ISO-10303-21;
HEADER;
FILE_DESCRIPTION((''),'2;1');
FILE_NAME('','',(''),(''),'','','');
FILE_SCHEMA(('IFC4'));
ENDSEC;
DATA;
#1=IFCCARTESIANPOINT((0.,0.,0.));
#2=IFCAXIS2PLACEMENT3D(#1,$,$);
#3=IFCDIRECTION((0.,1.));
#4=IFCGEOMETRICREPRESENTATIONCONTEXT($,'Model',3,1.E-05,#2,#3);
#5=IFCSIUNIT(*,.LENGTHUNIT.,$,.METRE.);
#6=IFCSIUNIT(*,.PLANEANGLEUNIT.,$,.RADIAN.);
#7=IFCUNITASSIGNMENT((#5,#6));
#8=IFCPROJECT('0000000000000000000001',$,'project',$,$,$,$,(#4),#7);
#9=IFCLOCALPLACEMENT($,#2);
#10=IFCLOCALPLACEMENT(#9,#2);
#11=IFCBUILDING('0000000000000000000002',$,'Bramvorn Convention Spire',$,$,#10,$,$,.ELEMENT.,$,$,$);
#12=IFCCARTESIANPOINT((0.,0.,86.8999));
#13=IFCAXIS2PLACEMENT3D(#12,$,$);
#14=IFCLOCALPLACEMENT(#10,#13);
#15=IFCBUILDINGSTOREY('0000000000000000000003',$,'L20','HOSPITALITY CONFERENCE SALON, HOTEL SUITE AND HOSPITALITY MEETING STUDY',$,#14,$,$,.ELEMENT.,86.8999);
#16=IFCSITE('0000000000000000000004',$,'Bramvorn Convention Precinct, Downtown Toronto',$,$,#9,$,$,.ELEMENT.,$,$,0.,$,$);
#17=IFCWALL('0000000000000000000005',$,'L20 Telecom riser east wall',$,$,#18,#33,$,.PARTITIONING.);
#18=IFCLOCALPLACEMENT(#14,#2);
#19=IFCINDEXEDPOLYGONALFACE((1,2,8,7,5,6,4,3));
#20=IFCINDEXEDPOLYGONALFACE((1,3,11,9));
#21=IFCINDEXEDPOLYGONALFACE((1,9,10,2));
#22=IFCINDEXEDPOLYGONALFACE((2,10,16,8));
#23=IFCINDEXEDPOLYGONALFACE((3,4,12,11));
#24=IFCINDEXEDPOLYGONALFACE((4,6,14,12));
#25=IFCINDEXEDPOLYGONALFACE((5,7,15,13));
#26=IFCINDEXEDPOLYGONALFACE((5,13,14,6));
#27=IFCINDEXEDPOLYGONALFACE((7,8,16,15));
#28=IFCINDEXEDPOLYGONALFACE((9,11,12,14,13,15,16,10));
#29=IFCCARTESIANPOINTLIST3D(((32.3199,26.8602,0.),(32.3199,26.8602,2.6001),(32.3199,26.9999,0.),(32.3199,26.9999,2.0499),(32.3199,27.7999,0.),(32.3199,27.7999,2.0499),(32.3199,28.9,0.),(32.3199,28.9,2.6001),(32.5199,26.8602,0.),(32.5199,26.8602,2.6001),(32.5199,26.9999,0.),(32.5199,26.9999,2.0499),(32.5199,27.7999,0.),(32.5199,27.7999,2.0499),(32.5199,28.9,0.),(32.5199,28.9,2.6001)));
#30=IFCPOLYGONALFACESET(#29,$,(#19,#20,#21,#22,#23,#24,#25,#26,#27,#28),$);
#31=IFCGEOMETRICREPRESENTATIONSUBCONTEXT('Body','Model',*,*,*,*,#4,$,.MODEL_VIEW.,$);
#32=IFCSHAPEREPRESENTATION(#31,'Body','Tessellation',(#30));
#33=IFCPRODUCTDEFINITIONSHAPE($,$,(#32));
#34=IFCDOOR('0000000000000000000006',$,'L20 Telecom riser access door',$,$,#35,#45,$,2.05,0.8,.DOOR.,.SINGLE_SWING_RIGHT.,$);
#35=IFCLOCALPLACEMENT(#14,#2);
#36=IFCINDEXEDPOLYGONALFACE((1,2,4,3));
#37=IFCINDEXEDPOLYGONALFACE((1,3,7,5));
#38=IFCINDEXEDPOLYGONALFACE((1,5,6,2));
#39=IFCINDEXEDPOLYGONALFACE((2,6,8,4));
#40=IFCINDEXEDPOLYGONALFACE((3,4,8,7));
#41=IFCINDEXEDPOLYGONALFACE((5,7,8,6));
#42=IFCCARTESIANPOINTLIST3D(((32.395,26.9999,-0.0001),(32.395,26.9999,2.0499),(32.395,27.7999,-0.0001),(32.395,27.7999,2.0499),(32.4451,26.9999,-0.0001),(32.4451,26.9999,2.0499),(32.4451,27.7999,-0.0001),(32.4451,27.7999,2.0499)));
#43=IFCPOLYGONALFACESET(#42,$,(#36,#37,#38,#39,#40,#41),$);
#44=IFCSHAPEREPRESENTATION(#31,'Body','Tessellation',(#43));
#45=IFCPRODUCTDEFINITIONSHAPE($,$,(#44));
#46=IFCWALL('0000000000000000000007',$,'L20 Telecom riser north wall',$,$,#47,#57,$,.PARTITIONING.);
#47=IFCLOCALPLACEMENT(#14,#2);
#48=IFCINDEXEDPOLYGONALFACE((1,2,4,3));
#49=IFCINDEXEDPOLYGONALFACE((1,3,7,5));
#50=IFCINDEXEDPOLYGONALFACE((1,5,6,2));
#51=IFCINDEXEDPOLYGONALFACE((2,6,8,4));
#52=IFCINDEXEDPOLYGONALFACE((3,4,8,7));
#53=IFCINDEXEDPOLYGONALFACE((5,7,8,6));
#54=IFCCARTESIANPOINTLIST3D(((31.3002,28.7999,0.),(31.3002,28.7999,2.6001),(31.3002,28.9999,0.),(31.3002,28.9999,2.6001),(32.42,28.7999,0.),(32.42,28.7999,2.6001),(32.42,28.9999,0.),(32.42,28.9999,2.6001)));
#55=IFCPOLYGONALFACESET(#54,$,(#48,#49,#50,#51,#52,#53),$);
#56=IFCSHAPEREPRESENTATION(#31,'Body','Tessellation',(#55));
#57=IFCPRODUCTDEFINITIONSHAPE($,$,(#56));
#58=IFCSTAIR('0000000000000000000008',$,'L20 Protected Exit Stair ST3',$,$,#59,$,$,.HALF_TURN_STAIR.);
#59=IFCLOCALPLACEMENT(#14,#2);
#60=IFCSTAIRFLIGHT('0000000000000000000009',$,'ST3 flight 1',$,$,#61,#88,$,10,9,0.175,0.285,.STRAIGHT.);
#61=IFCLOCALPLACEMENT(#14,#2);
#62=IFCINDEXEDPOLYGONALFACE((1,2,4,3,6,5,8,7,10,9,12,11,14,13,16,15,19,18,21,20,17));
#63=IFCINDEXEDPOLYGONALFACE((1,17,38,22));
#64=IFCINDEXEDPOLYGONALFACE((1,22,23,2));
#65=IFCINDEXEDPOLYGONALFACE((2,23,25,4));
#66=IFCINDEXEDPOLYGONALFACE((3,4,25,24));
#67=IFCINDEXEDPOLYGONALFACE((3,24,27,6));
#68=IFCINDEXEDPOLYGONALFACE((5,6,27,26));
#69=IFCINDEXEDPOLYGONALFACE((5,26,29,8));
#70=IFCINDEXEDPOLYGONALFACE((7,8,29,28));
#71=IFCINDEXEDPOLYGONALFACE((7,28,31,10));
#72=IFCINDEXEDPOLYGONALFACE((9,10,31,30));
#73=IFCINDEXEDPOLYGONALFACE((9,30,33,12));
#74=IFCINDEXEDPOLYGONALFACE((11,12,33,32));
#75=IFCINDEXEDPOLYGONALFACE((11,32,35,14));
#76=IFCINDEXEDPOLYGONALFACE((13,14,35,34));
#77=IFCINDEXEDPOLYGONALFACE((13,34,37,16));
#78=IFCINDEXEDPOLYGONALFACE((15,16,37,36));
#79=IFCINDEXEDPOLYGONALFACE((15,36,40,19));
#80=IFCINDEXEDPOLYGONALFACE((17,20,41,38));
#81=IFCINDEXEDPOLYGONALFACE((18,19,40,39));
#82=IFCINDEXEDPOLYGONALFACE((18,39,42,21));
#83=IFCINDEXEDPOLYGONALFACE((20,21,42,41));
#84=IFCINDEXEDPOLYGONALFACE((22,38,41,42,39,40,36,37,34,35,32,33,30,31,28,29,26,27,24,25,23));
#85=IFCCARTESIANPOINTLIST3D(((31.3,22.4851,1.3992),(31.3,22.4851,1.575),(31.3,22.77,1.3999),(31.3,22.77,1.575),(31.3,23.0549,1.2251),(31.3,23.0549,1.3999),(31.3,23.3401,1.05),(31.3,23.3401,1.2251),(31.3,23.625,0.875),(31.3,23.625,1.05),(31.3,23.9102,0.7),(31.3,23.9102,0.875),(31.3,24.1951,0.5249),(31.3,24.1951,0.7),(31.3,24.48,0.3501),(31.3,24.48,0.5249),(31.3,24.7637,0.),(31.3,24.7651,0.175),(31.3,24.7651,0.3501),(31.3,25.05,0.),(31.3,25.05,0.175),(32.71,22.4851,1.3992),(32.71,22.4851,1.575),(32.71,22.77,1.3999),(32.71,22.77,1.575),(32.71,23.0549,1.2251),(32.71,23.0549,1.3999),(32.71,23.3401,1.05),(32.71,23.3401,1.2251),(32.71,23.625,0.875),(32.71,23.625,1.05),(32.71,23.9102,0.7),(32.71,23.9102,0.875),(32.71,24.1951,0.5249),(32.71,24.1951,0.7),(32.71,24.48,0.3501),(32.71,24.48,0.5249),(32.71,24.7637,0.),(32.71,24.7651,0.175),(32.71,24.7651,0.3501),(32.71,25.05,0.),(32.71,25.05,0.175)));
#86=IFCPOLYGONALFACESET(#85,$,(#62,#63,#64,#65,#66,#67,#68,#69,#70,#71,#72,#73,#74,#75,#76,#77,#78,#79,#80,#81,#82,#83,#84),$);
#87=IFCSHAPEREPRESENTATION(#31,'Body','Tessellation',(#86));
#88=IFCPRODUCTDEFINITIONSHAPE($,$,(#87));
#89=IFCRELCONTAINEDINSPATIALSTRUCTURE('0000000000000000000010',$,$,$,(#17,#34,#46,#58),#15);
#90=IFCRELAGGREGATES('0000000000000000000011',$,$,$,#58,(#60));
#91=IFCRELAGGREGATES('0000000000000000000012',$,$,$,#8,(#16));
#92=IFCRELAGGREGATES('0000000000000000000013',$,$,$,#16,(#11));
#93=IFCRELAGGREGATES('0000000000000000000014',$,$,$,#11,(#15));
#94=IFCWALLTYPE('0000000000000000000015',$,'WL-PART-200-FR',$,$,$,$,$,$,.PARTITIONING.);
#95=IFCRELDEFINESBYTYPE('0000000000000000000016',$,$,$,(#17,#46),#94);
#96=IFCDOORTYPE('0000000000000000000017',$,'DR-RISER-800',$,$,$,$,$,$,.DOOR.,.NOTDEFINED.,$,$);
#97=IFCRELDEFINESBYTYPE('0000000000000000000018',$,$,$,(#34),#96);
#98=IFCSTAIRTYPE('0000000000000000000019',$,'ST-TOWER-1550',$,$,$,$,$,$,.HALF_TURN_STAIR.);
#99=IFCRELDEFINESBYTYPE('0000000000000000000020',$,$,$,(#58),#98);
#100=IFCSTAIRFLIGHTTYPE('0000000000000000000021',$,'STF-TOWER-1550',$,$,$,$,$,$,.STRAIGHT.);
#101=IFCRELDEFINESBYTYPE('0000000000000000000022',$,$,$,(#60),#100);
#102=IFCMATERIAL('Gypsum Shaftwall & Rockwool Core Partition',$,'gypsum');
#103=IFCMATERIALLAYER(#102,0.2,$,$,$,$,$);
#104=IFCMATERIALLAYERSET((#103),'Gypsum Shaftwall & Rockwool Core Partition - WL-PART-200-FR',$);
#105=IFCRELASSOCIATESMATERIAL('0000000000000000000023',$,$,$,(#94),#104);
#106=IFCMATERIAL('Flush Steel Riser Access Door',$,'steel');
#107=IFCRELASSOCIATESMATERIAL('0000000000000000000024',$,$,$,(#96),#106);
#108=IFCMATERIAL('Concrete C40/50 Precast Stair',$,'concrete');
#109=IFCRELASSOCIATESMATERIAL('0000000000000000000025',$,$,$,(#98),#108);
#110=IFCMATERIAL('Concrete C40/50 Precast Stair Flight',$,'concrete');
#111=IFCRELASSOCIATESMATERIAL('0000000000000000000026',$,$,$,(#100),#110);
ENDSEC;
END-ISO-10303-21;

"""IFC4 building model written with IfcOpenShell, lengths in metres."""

from ifc_helpers import new_model, si_unit, direction, frame, frame_2d, origin, place, context, subcontext, project, spatial, polyline, rectangle, outline, extrude, material, layer, layer_set, type_object, element, fill, aggregate, save


model = new_model("IFC4")

# Units and contexts
model_context = context("Model", 3, precision=1e-05, world=origin(), true_north=direction((0.0, 1.0)))
body_context = subcontext(model_context, "Body", "Model", "MODEL_VIEW")
ifc_project = project(units=[si_unit("LENGTHUNIT", "METRE"), si_unit("PLANEANGLEUNIT", "RADIAN")], contexts=[model_context])

# Site, building, storey
site_placement = place(None, origin())
site = spatial("IfcSite", under=ifc_project, at=site_placement, Name="Bramvorn Convention Precinct, Downtown Toronto", CompositionType="ELEMENT", RefElevation=0.0)
building_placement = place(site_placement, origin())
building = spatial("IfcBuilding", under=site, at=building_placement, Name="Bramvorn Convention Spire", CompositionType="ELEMENT")
storey_placement = place(building_placement, frame((0.0, 0.0, 86.8999)))
storey = spatial("IfcBuildingStorey", under=building, at=storey_placement, Name="L20", Description="HOSPITALITY CONFERENCE SALON, HOTEL SUITE AND HOSPITALITY MEETING STUDY", CompositionType="ELEMENT", Elevation=86.8999)

# Wall, opening, door
ifc_material_1 = material(Name="Gypsum Shaftwall & Rockwool Core Partition", Category="gypsum")
ifc_layer_1 = layer(ifc_material_1, 0.2)
ifc_layer_set_1 = layer_set([ifc_layer_1], Name="Gypsum Shaftwall & Rockwool Core Partition - WL-PART-200-FR")
wall_type_1 = type_object("IfcWallType", Name="WL-PART-200-FR", PredefinedType="PARTITIONING", material=ifc_layer_set_1)
wall_1_placement = place(storey_placement, frame((32.4199, 26.8601, 0.0), z_axis=(0.0, 0.0, 1.0), x_axis=(0.0, 1.0, 0.0)))
wall_1 = element("IfcWall", 1, at=wall_1_placement, inside=storey, type_object=wall_type_1, Name="L20 Telecom riser east wall", PredefinedType="PARTITIONING", context=body_context, shape_type="SweptSolid", body=[
    extrude(rectangle(XDim=2.0398, YDim=0.2, at=frame_2d((1.02, 0.0))), origin(), (0.0, 0.0, 1.0), 2.6001),
])
opening_1_placement = place(wall_1_placement, frame((0.1399, 0.0, 0.0)))
opening_1 = element("IfcOpeningElement", 2, at=opening_1_placement, cuts=wall_1, PredefinedType="OPENING", context=body_context, shape_type="SweptSolid", body=[
    extrude(rectangle(XDim=0.8, YDim=2.05, at=frame_2d((0.3999, 1.0249))), frame((0.0, 0.1099, 0.0), z_axis=(0.0, -1.0, 0.0), x_axis=(1.0, 0.0, 0.0)), (0.0, 0.0, 1.0), 0.22),
])
ifc_material_2 = material(Name="Flush Steel Riser Access Door", Category="steel")
door_type_1 = type_object("IfcDoorType", Name="DR-RISER-800", OperationType="NOTDEFINED", PredefinedType="DOOR", material=ifc_material_2)
door_1_placement = place(opening_1_placement, origin())
door_1 = element("IfcDoor", 3, at=door_1_placement, inside=storey, type_object=door_type_1, Name="L20 Telecom riser access door", OperationType="SINGLE_SWING_RIGHT", OverallHeight=2.05, OverallWidth=0.8, PredefinedType="DOOR", context=body_context, shape_type="SweptSolid", body=[
    extrude(rectangle(XDim=0.8, YDim=2.05, at=frame_2d((0.3999, 1.0249))), frame((0.0, 0.0249, 0.0), z_axis=(0.0, -1.0, 0.0), x_axis=(1.0, 0.0, 0.0)), (0.0, 0.0, 1.0), 0.05),
])
fill(opening_1, door_1)

# Wall
wall_2_placement = place(storey_placement, frame((31.3, 28.8999, 0.0), z_axis=(0.0, 0.0, 1.0), x_axis=(1.0, 0.0, 0.0)))
element("IfcWall", 4, at=wall_2_placement, inside=storey, type_object=wall_type_1, Name="L20 Telecom riser north wall", PredefinedType="PARTITIONING", context=body_context, shape_type="SweptSolid", body=[
    extrude(rectangle(XDim=1.1199, YDim=0.2, at=frame_2d((0.5601, 0.0))), origin(), (0.0, 0.0, 1.0), 2.6001),
])

# Stair, stair flight
ifc_material_3 = material(Name="Concrete C40/50 Precast Stair", Category="concrete")
stair_type = type_object("IfcStairType", Name="ST-TOWER-1550", PredefinedType="HALF_TURN_STAIR", material=ifc_material_3)
stair_placement = place(storey_placement, origin())
stair = element("IfcStair", 5, at=stair_placement, inside=storey, type_object=stair_type, Name="L20 Protected Exit Stair ST3", PredefinedType="HALF_TURN_STAIR")
ifc_material_4 = material(Name="Concrete C40/50 Precast Stair Flight", Category="concrete")
stair_flight_type = type_object("IfcStairFlightType", Name="STF-TOWER-1550", PredefinedType="STRAIGHT", material=ifc_material_4)
stair_flight_placement = place(storey_placement, frame((32.0049, 25.05, 0.0), z_axis=(0.0, 0.0, 1.0), x_axis=(0.0, -1.0, 0.0)))
stair_flight = element("IfcStairFlight", 6, at=stair_flight_placement, type_object=stair_flight_type, Name="ST3 flight 1", NumberOfRisers=10, NumberOfTreads=9, PredefinedType="STRAIGHT", RiserHeight=0.175, TreadLength=0.285, context=body_context, shape_type="SweptSolid", body=[
    extrude(outline(polyline([(0.0, 0.0), (0.0, 0.175), (0.2849, 0.175), (0.2849, 0.3501), (0.5701, 0.3501), (0.5701, 0.5249), (0.855, 0.5249), (0.855, 0.7), (1.1399, 0.7), (1.1399, 0.875), (1.425, 0.875), (1.425, 1.05), (1.71, 1.05), (1.71, 1.2251), (1.9951, 1.2251), (1.9951, 1.3999), (2.28, 1.3999), (2.28, 1.575), (2.5649, 1.575), (2.5649, 1.75), (2.5649, 1.3992), (0.2864, 0.0), (0.0, 0.0)])), frame((0.0, 0.7051, 0.0), z_axis=(0.0, -1.0, 0.0), x_axis=(1.0, 0.0, 0.0)), (0.0, 0.0, 1.0), 1.4099),
])
aggregate(stair, [stair_flight])

save(model, "model.ifc")
